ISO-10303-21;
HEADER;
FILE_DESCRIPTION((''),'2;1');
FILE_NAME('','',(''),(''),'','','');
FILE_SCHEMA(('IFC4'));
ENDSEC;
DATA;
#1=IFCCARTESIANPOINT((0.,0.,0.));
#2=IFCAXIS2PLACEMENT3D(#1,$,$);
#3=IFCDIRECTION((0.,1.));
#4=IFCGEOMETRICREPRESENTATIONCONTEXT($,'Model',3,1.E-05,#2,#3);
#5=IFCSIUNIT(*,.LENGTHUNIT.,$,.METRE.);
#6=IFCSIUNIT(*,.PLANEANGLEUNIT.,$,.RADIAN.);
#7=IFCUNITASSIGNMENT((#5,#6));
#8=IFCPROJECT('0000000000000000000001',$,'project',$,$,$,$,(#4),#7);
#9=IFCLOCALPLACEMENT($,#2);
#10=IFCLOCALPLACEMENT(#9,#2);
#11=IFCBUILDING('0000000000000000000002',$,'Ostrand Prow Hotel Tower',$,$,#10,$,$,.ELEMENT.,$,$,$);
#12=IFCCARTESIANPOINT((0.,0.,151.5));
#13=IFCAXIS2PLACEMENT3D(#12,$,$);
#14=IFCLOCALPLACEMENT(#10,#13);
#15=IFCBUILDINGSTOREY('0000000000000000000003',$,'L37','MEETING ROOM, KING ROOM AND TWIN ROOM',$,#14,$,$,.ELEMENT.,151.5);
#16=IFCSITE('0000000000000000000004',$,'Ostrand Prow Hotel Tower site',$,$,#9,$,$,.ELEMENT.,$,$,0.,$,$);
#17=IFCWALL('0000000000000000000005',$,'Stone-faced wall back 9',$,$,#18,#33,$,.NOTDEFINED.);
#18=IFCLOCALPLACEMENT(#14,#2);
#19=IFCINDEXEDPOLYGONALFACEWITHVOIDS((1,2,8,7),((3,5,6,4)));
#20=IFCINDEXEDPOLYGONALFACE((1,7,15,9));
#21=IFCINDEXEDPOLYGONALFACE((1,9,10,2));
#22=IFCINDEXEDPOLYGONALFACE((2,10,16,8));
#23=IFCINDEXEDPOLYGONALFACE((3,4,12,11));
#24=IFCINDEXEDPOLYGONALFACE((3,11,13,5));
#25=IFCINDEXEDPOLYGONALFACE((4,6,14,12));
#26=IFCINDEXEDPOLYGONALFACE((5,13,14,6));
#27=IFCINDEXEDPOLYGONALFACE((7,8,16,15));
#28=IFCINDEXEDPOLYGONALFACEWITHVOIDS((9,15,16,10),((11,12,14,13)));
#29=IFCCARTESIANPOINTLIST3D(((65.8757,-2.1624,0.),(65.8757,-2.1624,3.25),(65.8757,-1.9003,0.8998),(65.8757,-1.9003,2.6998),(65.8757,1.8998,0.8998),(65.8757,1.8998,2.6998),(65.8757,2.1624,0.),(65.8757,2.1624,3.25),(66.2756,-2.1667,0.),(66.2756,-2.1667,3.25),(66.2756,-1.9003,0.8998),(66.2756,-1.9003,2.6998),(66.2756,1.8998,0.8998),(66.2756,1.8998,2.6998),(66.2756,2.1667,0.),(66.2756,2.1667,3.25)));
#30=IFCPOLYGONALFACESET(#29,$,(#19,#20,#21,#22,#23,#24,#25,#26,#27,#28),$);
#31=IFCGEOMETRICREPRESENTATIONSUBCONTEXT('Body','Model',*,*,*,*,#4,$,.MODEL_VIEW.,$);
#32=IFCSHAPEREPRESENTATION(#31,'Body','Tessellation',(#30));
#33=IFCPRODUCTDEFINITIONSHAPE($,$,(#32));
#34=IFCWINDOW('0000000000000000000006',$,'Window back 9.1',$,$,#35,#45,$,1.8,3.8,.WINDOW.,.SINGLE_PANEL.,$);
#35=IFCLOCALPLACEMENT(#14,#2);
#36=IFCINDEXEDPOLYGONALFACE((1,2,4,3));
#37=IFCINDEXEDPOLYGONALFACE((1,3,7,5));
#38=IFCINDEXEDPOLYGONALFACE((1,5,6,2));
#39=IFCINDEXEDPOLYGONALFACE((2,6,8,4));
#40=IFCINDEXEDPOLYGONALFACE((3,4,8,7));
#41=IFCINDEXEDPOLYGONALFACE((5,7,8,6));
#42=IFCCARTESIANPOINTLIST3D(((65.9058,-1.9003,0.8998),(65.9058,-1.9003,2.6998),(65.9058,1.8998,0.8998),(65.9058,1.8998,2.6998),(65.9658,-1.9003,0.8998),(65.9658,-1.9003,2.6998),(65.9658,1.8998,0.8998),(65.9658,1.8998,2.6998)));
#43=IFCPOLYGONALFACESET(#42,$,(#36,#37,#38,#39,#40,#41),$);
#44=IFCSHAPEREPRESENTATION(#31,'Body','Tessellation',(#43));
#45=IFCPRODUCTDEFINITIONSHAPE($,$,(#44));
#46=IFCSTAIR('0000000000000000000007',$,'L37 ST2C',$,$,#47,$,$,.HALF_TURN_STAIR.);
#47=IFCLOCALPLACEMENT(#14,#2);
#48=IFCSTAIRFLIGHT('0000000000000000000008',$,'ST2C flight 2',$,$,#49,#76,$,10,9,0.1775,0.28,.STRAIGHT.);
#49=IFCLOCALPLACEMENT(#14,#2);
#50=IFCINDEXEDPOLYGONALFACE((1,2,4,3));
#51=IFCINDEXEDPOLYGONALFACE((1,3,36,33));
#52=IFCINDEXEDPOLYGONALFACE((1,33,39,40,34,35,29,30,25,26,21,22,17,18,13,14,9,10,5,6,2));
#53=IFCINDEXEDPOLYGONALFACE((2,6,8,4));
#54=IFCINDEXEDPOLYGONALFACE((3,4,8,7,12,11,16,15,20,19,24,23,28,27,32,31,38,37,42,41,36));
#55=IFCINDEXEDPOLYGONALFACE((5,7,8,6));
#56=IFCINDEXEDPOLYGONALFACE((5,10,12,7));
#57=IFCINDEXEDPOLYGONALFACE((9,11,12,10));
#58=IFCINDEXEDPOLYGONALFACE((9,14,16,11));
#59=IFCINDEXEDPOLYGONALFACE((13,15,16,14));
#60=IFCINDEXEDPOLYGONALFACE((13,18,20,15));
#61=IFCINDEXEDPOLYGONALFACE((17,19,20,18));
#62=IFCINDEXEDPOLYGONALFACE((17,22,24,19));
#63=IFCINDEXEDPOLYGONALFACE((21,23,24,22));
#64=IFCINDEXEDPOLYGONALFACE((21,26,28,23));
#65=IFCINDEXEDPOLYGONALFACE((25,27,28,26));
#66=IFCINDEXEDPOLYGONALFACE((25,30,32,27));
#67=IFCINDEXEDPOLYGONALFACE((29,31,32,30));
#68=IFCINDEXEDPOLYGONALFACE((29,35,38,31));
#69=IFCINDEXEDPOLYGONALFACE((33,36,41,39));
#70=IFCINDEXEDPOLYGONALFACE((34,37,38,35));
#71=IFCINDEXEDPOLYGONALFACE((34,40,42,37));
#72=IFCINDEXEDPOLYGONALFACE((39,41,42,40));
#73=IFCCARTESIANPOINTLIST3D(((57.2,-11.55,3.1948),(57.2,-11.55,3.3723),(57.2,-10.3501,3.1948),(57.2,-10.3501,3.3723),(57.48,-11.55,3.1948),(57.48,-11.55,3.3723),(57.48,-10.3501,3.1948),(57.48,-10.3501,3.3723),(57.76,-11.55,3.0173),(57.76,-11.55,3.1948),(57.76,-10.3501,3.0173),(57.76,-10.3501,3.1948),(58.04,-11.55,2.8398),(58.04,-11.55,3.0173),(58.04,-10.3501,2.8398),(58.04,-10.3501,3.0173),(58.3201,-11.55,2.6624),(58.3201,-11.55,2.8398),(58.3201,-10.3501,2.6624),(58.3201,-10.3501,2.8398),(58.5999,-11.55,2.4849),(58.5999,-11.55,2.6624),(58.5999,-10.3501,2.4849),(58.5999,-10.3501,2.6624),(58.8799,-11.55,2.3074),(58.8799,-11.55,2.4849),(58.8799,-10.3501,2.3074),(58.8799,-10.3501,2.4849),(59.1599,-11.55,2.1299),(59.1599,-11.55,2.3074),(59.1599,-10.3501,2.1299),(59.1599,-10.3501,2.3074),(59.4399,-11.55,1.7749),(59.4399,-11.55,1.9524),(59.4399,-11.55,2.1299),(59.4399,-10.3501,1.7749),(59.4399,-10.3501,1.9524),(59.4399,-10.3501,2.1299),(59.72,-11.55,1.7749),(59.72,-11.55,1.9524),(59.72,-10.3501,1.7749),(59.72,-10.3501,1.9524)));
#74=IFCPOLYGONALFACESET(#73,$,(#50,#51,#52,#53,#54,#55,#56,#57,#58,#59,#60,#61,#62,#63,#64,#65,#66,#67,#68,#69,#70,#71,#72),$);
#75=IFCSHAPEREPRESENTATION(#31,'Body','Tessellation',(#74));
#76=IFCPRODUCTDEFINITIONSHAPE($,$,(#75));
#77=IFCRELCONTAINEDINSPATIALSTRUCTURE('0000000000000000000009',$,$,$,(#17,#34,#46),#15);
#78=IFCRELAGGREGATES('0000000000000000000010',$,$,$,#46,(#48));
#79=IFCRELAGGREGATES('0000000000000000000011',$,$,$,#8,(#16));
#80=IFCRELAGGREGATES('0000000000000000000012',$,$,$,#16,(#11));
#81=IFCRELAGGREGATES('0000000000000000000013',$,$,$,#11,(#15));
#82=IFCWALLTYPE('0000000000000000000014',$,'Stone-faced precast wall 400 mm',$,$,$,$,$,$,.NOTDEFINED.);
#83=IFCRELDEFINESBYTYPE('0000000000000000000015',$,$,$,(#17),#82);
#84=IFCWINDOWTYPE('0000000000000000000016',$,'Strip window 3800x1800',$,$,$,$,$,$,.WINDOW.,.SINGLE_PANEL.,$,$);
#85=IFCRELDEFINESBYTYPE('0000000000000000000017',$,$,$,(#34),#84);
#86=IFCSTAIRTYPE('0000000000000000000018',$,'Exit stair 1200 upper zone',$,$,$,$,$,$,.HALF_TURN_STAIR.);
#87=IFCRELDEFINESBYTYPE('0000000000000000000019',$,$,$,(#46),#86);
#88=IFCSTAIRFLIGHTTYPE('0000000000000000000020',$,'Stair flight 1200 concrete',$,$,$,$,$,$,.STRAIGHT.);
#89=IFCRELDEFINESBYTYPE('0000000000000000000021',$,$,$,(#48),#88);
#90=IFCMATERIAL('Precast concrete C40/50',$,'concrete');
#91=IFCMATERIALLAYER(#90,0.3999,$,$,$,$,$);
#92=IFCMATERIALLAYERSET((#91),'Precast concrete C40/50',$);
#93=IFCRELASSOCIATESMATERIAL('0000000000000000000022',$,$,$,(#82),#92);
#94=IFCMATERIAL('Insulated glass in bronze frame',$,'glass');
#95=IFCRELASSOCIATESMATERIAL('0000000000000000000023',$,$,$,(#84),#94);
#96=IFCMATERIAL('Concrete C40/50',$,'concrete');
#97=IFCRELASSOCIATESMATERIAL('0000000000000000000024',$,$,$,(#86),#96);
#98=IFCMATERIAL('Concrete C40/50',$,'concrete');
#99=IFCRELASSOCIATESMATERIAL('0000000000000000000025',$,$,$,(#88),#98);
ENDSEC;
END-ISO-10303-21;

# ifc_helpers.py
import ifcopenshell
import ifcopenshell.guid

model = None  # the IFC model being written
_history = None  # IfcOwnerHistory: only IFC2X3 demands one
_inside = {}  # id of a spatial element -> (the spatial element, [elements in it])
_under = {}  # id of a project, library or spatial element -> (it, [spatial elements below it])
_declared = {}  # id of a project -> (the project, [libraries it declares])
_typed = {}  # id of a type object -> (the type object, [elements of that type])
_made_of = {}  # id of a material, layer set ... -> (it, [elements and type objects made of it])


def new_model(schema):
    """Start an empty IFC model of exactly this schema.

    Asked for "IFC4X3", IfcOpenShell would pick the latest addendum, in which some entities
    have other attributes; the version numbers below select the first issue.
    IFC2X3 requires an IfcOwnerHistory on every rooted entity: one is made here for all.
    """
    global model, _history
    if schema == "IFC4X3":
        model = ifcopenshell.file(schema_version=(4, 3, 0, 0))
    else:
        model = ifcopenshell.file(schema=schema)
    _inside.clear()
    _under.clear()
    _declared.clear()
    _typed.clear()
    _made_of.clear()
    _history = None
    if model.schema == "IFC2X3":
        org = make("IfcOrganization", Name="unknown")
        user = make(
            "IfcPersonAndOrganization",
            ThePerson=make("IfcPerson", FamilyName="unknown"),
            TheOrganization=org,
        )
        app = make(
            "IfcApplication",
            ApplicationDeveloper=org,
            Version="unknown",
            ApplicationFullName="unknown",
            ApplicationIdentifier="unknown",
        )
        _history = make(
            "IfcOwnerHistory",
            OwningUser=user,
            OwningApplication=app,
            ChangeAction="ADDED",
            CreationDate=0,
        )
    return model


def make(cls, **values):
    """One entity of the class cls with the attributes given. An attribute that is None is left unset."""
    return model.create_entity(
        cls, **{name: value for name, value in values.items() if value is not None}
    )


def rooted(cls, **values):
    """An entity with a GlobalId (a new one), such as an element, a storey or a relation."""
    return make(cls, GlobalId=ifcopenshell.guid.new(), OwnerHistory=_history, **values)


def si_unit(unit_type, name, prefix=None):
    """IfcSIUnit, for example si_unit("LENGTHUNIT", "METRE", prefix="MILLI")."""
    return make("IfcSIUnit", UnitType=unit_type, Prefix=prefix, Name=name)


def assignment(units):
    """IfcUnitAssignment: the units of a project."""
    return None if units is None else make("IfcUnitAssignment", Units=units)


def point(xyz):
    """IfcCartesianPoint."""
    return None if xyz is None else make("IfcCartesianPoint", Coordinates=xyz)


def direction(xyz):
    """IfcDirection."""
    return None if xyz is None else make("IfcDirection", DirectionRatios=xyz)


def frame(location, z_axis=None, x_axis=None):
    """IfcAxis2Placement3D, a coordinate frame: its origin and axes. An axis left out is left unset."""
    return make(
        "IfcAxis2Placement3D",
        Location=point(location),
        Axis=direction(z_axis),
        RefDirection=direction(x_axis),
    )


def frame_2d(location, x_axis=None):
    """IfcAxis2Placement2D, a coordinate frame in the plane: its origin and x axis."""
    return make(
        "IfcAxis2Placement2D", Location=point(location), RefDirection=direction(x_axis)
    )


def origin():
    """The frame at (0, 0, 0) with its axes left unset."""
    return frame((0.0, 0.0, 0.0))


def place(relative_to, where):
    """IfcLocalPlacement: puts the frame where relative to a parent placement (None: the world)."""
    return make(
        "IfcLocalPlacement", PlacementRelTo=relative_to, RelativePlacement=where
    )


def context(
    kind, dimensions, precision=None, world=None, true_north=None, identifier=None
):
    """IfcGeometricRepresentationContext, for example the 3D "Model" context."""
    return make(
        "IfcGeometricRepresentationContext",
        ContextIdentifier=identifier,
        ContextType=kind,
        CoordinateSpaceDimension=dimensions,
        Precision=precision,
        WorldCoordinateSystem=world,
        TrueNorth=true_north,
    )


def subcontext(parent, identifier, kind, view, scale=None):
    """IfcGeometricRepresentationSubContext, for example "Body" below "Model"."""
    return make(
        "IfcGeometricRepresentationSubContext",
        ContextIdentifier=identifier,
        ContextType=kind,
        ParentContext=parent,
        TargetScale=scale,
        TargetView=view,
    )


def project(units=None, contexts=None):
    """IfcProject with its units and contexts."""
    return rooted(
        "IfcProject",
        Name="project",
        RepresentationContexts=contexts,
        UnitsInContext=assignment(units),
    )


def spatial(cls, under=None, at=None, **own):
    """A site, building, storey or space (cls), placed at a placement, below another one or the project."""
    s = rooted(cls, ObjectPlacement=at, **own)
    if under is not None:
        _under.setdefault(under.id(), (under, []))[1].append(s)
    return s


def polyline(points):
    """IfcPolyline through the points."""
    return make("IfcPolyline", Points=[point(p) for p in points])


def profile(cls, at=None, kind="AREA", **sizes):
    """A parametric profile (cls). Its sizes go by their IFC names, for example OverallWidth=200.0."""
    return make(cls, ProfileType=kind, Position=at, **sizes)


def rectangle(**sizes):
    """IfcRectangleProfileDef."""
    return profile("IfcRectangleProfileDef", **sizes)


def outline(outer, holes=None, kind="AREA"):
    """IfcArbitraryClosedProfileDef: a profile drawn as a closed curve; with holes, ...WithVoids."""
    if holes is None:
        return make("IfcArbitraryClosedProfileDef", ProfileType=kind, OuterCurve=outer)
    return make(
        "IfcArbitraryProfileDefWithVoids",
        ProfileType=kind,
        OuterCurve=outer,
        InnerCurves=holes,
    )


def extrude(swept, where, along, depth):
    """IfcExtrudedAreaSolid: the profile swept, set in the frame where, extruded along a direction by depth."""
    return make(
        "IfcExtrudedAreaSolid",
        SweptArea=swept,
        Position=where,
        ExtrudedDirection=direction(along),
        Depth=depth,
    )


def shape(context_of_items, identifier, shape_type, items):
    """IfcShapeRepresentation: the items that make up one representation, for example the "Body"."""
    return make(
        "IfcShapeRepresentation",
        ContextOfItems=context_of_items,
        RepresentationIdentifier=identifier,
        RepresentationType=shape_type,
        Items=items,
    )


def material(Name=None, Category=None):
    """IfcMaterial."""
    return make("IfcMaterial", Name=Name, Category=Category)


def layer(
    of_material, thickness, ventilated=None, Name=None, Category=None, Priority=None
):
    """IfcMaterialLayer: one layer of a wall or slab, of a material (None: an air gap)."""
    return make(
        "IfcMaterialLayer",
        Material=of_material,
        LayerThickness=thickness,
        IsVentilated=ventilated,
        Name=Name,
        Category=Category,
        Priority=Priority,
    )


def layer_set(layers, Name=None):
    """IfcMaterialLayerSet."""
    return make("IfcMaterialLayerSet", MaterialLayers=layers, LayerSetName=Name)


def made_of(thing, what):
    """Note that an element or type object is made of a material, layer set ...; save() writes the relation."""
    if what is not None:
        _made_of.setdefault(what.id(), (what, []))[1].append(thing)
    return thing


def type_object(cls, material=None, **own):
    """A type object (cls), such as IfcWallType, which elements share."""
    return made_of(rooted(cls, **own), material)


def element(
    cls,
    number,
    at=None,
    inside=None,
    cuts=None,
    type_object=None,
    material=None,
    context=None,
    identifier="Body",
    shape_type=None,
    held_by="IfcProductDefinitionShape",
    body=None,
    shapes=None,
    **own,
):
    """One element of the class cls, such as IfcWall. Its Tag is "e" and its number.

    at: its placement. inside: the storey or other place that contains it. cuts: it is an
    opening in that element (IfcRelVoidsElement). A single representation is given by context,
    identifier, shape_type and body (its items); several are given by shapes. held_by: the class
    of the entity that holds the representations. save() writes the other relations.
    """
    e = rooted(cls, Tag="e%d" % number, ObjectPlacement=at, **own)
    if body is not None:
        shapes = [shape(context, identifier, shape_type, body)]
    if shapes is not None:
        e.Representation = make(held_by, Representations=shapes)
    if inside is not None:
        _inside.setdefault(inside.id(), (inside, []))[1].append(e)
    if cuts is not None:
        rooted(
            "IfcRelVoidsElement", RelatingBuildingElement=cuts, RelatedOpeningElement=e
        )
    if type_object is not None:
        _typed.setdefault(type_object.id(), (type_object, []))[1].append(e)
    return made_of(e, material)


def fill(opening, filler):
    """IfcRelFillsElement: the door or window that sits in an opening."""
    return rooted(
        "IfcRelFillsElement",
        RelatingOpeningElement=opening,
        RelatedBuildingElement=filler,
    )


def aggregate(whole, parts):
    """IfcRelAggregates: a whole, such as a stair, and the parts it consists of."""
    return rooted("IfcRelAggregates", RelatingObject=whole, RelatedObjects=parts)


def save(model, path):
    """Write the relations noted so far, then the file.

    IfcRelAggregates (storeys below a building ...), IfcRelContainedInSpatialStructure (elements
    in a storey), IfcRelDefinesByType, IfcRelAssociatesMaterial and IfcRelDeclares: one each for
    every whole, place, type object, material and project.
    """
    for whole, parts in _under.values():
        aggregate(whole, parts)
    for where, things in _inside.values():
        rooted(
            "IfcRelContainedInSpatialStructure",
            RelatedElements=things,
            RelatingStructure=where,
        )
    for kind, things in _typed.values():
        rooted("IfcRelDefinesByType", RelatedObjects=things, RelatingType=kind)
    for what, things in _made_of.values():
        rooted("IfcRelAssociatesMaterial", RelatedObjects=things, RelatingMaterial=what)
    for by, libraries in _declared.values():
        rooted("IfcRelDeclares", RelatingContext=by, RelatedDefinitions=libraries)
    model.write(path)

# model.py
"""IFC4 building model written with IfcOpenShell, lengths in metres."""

from ifc_helpers import new_model, si_unit, direction, frame, frame_2d, origin, place, context, subcontext, project, spatial, polyline, rectangle, outline, extrude, material, layer, layer_set, type_object, element, fill, aggregate, save


model = new_model("IFC4")

# Units and contexts
model_context = context("Model", 3, precision=1e-05, world=origin(), true_north=direction((0.0, 1.0)))
body_context = subcontext(model_context, "Body", "Model", "MODEL_VIEW")
ifc_project = project(units=[si_unit("LENGTHUNIT", "METRE"), si_unit("PLANEANGLEUNIT", "RADIAN")], contexts=[model_context])

# Site, building, storey
site_placement = place(None, origin())
site = spatial("IfcSite", under=ifc_project, at=site_placement, Name="Ostrand Prow Hotel Tower site", CompositionType="ELEMENT", RefElevation=0.0)
building_placement = place(site_placement, origin())
building = spatial("IfcBuilding", under=site, at=building_placement, Name="Ostrand Prow Hotel Tower", CompositionType="ELEMENT")
storey_placement = place(building_placement, frame((0.0, 0.0, 151.5)))
storey = spatial("IfcBuildingStorey", under=building, at=storey_placement, Name="L37", Description="MEETING ROOM, KING ROOM AND TWIN ROOM", CompositionType="ELEMENT", Elevation=151.5)

# Shared definitions
ifc_material_1 = material(Name="Precast concrete C40/50", Category="concrete")
ifc_layer_1 = layer(ifc_material_1, 0.3999)
ifc_layer_set_1 = layer_set([ifc_layer_1], Name="Precast concrete C40/50")
wall_type_1 = type_object("IfcWallType", Name="Stone-faced precast wall 400 mm", PredefinedType="NOTDEFINED", material=ifc_layer_set_1)

# Wall, opening, window
wall_1_placement = place(storey_placement, frame((66.0757, -2.1646, 0.0), z_axis=(0.0, 0.0, 1.0), x_axis=(0.0, 1.0, 0.0)))
wall_1 = element("IfcWall", 1, at=wall_1_placement, inside=storey, type_object=wall_type_1, Name="Stone-faced wall back 9", PredefinedType="NOTDEFINED", context=body_context, shape_type="SweptSolid", body=[
    extrude(outline(polyline([(-0.0022, -0.2), (4.3313, -0.2), (4.3269, 0.2), (0.0022, 0.2), (-0.0022, -0.2)])), origin(), (0.0, 0.0, 1.0), 3.25),
])
opening_placement = place(wall_1_placement, frame((0.2644, 0.0, 0.8999)))
opening = element("IfcOpeningElement", 2, at=opening_placement, cuts=wall_1, PredefinedType="OPENING", context=body_context, shape_type="SweptSolid", body=[
    extrude(rectangle(XDim=3.8, YDim=1.8, at=frame_2d((1.8999, 0.8999))), frame((0.0, 0.21, 0.0), z_axis=(0.0, -1.0, 0.0), x_axis=(1.0, 0.0, 0.0)), (0.0, 0.0, 1.0), 0.4199),
])
ifc_material_2 = material(Name="Insulated glass in bronze frame", Category="glass")
window_type = type_object("IfcWindowType", Name="Strip window 3800x1800", PartitioningType="SINGLE_PANEL", PredefinedType="WINDOW", material=ifc_material_2)
window_placement = place(opening_placement, origin())
window = element("IfcWindow", 3, at=window_placement, inside=storey, type_object=window_type, Name="Window back 9.1", OverallHeight=1.8, OverallWidth=3.8, PartitioningType="SINGLE_PANEL", PredefinedType="WINDOW", context=body_context, shape_type="SweptSolid", body=[
    extrude(rectangle(XDim=3.8, YDim=1.8, at=frame_2d((1.8999, 0.8999))), frame((0.0, 0.1699, 0.0), z_axis=(0.0, -1.0, 0.0), x_axis=(1.0, 0.0, 0.0)), (0.0, 0.0, 1.0), 0.0601),
])
fill(opening, window)

# Stair, stair flight
ifc_material_3 = material(Name="Concrete C40/50", Category="concrete")
stair_type = type_object("IfcStairType", Name="Exit stair 1200 upper zone", PredefinedType="HALF_TURN_STAIR", material=ifc_material_3)
stair_placement = place(storey_placement, origin())
stair = element("IfcStair", 4, at=stair_placement, inside=storey, type_object=stair_type, Name="L37 ST2C", PredefinedType="HALF_TURN_STAIR")
ifc_material_4 = material(Name="Concrete C40/50", Category="concrete")
stair_flight_type = type_object("IfcStairFlightType", Name="Stair flight 1200 concrete", PredefinedType="STRAIGHT", material=ifc_material_4)
stair_flight_placement = place(storey_placement, frame((59.72, -10.95, 1.7749), z_axis=(0.0, 0.0, 1.0), x_axis=(-1.0, 0.0, 0.0)))
stair_flight = element("IfcStairFlight", 5, at=stair_flight_placement, type_object=stair_flight_type, Name="ST2C flight 2", NumberOfRisers=10, NumberOfTreads=9, PredefinedType="STRAIGHT", RiserHeight=0.1775, TreadLength=0.28, context=body_context, shape_type="SweptSolid", body=[
    extrude(outline(polyline([(0.0, 0.0), (0.0, 0.1775), (0.28, 0.1775), (0.28, 0.355), (0.5601, 0.355), (0.5601, 0.5325), (0.8401, 0.5325), (0.8401, 0.71), (1.1201, 0.71), (1.1201, 0.8875), (1.3999, 0.8875), (1.3999, 1.0649), (1.6799, 1.0649), (1.6799, 1.2424), (1.96, 1.2424), (1.96, 1.4199), (2.24, 1.4199), (2.24, 1.5974), (2.52, 1.5974), (2.52, 1.7749), (2.52, 1.4199), (0.28, 0.0), (0.0, 0.0)])), frame((0.0, 0.6001, 0.0), z_axis=(0.0, -1.0, 0.0), x_axis=(1.0, 0.0, 0.0)), (0.0, 0.0, 1.0), 1.2),
])
aggregate(stair, [stair_flight])

save(model, "model.ifc")
